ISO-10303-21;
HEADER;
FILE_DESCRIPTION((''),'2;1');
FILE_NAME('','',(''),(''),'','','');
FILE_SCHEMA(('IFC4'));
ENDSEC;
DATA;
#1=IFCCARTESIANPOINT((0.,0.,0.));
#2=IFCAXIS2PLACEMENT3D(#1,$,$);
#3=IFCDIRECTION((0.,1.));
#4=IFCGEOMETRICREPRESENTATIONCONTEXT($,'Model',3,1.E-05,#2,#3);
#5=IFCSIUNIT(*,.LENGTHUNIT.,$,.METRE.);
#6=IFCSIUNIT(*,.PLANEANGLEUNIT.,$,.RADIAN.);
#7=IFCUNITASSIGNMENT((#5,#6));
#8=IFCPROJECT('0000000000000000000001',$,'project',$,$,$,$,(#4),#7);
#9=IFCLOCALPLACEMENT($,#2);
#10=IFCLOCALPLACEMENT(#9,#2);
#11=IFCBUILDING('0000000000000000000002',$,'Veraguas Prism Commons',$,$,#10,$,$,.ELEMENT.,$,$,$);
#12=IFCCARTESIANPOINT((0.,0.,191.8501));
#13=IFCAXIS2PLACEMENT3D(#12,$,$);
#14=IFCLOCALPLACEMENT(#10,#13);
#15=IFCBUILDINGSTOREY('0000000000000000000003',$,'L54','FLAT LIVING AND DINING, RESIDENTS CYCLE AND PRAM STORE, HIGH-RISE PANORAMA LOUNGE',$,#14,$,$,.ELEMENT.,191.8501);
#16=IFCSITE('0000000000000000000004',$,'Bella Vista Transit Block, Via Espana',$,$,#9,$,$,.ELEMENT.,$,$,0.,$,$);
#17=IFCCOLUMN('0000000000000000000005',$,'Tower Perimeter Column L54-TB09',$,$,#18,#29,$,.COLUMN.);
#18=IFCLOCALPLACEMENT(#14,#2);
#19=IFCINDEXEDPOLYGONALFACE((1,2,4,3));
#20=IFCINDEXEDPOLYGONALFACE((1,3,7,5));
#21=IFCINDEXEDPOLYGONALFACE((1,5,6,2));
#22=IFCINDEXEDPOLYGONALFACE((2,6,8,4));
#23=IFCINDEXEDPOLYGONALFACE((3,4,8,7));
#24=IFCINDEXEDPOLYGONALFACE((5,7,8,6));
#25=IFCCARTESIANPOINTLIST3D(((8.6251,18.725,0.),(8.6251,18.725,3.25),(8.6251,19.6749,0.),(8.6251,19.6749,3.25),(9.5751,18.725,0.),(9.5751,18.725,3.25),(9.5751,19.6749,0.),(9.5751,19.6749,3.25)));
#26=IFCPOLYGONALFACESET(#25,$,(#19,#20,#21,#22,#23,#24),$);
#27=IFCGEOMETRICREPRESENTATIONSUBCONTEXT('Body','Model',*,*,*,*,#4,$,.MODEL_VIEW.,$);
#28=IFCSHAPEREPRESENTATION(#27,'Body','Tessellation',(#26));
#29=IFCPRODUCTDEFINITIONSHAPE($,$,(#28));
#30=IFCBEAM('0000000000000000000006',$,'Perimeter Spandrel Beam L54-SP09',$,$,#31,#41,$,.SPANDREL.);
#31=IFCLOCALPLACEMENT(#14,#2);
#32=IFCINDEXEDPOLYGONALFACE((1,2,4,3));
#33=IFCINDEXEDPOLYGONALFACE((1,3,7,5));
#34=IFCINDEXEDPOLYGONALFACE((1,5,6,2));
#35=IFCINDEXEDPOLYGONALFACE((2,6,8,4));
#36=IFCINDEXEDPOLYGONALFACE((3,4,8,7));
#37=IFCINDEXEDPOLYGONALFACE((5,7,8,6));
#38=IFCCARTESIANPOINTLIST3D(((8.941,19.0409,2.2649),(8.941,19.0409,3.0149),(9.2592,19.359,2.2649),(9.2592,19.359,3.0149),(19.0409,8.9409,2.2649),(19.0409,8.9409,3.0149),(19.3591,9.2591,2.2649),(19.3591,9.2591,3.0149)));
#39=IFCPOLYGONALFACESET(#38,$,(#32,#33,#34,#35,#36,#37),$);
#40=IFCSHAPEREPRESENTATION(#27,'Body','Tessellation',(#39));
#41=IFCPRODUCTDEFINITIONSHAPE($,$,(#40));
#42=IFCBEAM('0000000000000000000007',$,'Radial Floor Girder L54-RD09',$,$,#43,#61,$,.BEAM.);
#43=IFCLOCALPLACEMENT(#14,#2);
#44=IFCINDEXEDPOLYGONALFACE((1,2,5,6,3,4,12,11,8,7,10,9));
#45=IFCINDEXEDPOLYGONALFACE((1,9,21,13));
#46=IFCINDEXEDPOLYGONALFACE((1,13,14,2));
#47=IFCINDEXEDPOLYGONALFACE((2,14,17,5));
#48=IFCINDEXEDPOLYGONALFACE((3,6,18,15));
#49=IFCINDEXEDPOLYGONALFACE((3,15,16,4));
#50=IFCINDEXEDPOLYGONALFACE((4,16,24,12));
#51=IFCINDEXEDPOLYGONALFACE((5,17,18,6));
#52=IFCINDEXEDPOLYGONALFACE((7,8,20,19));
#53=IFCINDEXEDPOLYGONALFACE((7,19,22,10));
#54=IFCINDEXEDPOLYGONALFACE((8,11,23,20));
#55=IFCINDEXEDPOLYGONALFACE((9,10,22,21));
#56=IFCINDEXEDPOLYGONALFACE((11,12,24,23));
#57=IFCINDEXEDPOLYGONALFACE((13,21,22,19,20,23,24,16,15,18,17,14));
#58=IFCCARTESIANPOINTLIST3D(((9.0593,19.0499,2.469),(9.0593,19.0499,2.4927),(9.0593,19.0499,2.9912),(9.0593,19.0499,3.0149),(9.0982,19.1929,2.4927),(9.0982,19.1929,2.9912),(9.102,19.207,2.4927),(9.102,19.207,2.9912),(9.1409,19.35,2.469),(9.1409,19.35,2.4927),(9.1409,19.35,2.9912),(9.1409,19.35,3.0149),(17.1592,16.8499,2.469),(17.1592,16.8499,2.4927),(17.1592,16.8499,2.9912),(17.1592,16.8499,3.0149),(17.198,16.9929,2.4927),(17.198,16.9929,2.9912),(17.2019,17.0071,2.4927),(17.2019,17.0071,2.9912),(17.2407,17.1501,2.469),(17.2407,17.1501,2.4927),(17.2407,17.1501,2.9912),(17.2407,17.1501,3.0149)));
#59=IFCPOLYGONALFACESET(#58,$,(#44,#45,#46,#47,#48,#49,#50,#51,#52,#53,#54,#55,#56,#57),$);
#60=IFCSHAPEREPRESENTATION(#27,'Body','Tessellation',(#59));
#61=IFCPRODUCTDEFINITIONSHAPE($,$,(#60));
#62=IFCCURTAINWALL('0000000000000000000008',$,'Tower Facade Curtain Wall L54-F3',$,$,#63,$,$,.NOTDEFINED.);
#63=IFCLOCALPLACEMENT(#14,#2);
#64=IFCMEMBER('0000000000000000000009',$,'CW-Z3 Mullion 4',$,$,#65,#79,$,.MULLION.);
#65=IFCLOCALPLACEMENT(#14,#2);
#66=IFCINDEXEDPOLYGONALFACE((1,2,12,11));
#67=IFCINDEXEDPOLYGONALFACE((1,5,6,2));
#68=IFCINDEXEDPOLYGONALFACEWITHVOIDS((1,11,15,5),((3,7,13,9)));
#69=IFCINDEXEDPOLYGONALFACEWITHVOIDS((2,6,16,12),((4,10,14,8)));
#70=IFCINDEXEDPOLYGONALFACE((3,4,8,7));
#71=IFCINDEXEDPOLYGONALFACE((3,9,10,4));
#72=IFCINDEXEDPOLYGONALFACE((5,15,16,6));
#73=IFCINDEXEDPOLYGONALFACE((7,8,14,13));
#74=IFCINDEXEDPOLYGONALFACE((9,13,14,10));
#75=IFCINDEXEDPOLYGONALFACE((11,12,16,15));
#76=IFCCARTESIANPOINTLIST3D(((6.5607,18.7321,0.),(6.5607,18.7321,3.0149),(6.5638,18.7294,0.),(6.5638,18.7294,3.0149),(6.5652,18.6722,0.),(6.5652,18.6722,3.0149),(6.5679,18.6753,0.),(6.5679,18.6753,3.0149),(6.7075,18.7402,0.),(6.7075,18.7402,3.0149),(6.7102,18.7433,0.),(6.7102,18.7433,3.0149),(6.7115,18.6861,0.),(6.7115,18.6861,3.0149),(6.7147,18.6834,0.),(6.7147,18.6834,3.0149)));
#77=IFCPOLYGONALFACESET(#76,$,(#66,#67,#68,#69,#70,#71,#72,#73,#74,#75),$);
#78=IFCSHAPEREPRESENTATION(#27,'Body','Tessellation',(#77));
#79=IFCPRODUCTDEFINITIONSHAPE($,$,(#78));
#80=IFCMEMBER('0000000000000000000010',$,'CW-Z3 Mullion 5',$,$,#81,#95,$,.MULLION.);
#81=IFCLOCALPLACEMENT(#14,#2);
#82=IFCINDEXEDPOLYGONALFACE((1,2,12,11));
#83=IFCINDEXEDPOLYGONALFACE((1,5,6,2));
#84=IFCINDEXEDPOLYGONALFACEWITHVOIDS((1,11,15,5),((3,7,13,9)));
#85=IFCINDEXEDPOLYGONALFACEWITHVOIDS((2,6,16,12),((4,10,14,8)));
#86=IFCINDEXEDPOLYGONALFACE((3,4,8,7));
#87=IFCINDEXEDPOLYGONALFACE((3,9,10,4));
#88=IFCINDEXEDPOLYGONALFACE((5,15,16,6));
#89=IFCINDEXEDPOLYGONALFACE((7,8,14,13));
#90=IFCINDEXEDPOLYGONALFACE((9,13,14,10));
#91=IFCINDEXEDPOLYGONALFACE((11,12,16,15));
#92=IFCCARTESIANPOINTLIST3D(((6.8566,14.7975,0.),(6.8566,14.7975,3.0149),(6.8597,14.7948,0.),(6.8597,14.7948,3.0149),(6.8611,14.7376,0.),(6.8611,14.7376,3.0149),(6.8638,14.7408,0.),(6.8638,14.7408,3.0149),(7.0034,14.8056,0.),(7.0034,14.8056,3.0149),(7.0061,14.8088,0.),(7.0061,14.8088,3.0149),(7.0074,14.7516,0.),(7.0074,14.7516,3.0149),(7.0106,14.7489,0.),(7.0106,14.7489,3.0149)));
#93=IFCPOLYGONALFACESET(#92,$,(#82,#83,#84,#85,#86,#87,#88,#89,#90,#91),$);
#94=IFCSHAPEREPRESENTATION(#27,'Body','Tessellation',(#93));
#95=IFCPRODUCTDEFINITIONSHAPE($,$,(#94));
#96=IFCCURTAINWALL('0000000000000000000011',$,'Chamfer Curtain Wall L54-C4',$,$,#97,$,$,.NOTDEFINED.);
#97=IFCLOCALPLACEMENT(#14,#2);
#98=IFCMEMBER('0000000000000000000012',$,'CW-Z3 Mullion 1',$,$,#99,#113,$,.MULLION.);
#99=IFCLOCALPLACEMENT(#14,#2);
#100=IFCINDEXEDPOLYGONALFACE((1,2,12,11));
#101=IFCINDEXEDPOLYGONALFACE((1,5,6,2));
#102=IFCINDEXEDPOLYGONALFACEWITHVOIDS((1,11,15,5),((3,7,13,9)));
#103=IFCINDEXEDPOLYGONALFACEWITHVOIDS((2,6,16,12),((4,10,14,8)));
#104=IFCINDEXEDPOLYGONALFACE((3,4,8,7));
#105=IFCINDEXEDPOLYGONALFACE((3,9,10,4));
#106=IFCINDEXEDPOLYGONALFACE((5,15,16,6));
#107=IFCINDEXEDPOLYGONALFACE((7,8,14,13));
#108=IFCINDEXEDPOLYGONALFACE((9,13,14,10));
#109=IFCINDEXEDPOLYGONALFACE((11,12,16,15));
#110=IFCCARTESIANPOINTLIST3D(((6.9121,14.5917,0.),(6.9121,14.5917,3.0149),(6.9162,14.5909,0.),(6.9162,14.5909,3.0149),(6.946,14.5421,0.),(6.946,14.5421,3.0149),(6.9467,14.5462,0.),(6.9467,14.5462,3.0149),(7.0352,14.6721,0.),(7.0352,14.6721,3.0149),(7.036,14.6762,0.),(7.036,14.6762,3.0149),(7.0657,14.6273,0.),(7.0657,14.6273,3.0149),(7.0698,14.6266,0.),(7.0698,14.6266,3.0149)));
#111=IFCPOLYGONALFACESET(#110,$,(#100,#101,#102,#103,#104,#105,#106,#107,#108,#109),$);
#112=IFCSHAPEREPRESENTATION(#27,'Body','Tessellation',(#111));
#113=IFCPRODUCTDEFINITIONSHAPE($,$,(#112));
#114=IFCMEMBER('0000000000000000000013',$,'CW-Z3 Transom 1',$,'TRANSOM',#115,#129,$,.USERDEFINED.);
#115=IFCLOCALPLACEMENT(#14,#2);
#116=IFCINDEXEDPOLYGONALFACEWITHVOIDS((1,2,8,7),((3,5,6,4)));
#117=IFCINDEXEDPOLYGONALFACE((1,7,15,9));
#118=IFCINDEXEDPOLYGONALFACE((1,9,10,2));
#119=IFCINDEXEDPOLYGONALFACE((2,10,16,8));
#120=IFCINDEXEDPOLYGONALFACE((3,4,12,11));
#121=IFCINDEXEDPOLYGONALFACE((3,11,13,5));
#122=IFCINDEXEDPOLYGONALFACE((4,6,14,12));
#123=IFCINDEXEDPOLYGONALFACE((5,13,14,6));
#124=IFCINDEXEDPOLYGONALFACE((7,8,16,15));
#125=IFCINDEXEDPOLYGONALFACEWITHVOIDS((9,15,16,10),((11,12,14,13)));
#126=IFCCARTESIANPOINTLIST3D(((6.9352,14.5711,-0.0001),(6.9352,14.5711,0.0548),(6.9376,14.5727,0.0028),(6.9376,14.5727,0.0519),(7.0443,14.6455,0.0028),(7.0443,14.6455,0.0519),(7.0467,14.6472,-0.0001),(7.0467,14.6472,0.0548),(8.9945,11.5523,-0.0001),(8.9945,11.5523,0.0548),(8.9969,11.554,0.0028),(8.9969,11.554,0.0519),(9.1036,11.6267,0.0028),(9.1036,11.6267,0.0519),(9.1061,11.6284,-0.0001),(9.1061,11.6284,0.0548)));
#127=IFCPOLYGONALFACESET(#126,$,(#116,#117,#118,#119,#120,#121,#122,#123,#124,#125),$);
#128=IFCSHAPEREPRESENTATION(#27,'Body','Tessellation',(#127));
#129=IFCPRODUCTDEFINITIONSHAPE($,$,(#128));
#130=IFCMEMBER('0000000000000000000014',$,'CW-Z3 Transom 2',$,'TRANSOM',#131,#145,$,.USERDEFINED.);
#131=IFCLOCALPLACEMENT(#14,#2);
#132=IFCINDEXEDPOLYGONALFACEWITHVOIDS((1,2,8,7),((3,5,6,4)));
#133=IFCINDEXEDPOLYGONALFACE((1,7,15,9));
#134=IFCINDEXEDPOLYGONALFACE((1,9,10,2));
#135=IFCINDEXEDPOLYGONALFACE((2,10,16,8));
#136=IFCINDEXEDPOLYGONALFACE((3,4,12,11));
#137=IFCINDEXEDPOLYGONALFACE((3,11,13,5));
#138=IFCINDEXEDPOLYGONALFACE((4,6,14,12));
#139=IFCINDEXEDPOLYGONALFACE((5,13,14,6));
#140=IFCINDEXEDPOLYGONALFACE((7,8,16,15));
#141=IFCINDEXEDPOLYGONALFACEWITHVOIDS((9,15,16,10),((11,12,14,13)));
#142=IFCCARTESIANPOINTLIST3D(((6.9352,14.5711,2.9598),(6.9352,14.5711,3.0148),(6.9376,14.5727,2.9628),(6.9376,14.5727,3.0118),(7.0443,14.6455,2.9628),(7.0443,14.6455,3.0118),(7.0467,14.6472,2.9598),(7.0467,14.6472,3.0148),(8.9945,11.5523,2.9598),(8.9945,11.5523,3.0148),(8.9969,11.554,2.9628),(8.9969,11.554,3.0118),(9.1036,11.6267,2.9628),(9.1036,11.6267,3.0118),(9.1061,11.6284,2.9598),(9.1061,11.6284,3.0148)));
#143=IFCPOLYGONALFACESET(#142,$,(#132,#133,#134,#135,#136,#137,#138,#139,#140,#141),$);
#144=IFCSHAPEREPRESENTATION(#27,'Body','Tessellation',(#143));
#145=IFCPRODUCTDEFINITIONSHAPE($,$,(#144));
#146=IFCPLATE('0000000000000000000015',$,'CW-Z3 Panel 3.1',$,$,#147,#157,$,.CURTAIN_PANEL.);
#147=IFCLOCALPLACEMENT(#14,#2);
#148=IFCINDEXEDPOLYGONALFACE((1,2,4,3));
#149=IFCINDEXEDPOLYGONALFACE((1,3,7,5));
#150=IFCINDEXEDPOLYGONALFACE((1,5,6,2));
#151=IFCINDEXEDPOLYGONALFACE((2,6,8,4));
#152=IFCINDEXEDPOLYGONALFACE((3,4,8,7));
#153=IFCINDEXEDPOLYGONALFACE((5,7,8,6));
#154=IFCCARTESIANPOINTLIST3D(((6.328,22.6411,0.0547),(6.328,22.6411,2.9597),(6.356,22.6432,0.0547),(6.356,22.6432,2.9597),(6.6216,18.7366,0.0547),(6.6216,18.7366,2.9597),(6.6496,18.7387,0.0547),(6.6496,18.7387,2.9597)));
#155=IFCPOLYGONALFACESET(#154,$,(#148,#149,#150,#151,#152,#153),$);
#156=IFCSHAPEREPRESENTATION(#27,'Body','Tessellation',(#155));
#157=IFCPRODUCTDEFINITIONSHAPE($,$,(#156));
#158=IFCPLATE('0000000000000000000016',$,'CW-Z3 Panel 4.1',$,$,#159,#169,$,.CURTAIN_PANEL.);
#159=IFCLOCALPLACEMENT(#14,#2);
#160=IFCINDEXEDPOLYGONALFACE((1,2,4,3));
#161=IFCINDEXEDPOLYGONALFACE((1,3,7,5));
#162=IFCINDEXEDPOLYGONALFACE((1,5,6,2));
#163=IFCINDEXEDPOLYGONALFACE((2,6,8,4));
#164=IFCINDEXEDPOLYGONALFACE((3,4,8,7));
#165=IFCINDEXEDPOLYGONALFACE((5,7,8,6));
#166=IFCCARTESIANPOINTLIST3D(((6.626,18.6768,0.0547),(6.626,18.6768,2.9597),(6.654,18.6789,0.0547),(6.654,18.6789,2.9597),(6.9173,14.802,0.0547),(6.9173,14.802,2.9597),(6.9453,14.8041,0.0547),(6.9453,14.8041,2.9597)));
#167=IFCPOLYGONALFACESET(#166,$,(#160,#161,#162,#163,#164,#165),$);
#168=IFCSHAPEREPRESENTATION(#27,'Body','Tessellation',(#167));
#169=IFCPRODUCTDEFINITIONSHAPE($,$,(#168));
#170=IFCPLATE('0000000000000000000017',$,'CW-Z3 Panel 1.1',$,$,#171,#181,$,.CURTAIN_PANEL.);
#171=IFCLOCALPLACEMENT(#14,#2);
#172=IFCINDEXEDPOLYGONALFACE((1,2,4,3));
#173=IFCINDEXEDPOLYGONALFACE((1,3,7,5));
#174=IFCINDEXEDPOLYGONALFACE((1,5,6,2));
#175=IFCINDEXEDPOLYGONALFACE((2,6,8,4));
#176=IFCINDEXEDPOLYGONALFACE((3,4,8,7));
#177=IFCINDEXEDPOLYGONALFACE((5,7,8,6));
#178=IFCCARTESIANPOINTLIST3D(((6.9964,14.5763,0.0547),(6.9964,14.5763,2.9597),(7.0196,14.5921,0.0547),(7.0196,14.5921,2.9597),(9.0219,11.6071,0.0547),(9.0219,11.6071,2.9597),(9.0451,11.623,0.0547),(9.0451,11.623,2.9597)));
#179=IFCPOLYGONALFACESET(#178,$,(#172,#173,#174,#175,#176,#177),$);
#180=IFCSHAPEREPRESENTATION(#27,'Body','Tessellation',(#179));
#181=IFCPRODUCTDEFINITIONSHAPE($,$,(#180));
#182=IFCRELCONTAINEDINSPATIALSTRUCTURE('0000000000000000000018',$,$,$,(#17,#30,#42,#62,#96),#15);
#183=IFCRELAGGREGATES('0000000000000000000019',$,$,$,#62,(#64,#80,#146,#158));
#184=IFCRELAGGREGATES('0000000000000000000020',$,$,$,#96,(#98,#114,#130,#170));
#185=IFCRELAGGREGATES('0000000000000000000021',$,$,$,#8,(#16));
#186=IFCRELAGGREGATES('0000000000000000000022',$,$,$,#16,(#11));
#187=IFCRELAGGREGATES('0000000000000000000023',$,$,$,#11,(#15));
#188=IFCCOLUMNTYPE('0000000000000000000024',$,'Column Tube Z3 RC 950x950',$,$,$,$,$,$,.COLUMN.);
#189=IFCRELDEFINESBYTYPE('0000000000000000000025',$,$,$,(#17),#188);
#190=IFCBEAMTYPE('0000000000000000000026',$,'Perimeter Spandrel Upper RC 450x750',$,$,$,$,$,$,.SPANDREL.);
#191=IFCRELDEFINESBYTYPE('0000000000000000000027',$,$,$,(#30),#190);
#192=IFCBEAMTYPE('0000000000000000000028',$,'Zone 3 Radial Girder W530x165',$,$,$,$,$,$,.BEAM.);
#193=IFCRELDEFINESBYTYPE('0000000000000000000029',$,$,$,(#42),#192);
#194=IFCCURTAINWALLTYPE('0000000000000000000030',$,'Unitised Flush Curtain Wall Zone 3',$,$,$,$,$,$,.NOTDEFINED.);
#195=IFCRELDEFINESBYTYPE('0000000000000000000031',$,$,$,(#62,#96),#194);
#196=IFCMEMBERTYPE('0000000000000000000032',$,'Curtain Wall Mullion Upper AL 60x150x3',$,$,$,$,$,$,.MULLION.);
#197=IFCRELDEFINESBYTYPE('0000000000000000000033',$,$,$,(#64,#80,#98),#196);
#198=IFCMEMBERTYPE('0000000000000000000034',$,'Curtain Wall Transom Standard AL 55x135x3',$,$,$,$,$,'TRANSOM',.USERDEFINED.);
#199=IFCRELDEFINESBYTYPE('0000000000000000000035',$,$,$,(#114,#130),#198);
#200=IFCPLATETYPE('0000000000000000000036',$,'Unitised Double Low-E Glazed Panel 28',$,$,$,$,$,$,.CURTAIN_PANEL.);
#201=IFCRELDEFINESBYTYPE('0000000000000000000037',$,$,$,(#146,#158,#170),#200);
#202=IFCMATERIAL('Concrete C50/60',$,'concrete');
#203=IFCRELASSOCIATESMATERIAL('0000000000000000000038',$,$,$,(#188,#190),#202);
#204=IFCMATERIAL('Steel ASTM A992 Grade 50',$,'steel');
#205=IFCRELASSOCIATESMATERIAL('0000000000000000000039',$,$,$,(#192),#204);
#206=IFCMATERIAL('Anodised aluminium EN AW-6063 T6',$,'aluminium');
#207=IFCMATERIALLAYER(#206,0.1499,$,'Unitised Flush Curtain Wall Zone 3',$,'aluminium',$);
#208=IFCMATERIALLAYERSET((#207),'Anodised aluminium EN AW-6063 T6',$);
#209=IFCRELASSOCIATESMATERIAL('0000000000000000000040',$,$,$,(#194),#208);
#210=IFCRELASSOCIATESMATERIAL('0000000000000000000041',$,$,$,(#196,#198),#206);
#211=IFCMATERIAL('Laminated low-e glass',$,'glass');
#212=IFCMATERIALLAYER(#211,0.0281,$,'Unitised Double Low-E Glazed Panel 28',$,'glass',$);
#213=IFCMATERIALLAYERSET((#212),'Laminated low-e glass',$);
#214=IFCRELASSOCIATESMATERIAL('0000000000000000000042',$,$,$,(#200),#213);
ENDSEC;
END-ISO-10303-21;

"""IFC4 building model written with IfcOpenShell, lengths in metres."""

from ifc_helpers import new_model, si_unit, direction, frame, origin, origin_2d, place, context, subcontext, project, spatial, rectangle, hollow_rectangle, i_section, extrude, source, transform, mapped, material, layer, layer_set, material_profile, profile_set, type_object, element, aggregate, save


model = new_model("IFC4")

# Units and contexts
model_context = context("Model", 3, precision=1e-05, world=origin(), true_north=direction((0.0, 1.0)))
body_context = subcontext(model_context, "Body", "Model", "MODEL_VIEW")
ifc_project = project(units=[si_unit("LENGTHUNIT", "METRE"), si_unit("PLANEANGLEUNIT", "RADIAN")], contexts=[model_context])

# Site, building, storey
site_placement = place(None, origin())
site = spatial("IfcSite", under=ifc_project, at=site_placement, Name="Bella Vista Transit Block, Via Espana", CompositionType="ELEMENT", RefElevation=0.0)
building_placement = place(site_placement, origin())
building = spatial("IfcBuilding", under=site, at=building_placement, Name="Veraguas Prism Commons", CompositionType="ELEMENT")
storey_placement = place(building_placement, frame((0.0, 0.0, 191.8501)))
storey = spatial("IfcBuildingStorey", under=building, at=storey_placement, Name="L54", Description="FLAT LIVING AND DINING, RESIDENTS CYCLE AND PRAM STORE, HIGH-RISE PANORAMA LOUNGE", CompositionType="ELEMENT", Elevation=191.8501)

# Column
ifc_material_1 = material(Name="Concrete C50/60", Category="concrete")
ifc_material_profile_1 = material_profile(ifc_material_1, rectangle(XDim=0.95, YDim=0.95, at=origin_2d()), Name="RC950X950")
ifc_profile_set_1 = profile_set([ifc_material_profile_1], Name="Concrete C50/60")
column_type = type_object("IfcColumnType", Name="Column Tube Z3 RC 950x950", PredefinedType="COLUMN", material=ifc_profile_set_1)
column_placement = place(storey_placement, frame((9.1001, 19.2, 0.0), z_axis=(0.0, 0.0, 1.0), x_axis=(1.0, 0.0, 0.0)))
element("IfcColumn", 1, at=column_placement, inside=storey, type_object=column_type, Name="Tower Perimeter Column L54-TB09", PredefinedType="COLUMN", context=body_context, shape_type="SweptSolid", body=[
    extrude(rectangle(XDim=0.95, YDim=0.95, at=origin_2d()), origin(), (0.0, 0.0, 1.0), 3.25),
])

# Beams
ifc_material_profile_2 = material_profile(ifc_material_1, rectangle(XDim=0.45, YDim=0.75, at=origin_2d()), Name="RC450X750")
ifc_profile_set_2 = profile_set([ifc_material_profile_2], Name="Concrete C50/60")
beam_type_1 = type_object("IfcBeamType", Name="Perimeter Spandrel Upper RC 450x750", PredefinedType="SPANDREL", material=ifc_profile_set_2)
beam_1_placement = place(storey_placement, frame((9.1001, 19.2, 2.6399), z_axis=(0.707107, -0.707107, 0.0), x_axis=(0.707107, 0.707107, 0.0)))
element("IfcBeam", 2, at=beam_1_placement, inside=storey, type_object=beam_type_1, Name="Perimeter Spandrel Beam L54-SP09", PredefinedType="SPANDREL", context=body_context, shape_type="SweptSolid", body=[
    extrude(rectangle(XDim=0.45, YDim=0.75, at=origin_2d()), origin(), (0.0, 0.0, 1.0), 14.2834),
])
ifc_material_2 = material(Name="Steel ASTM A992 Grade 50", Category="steel")
ifc_material_profile_3 = material_profile(ifc_material_2, i_section(OverallWidth=0.311, OverallDepth=0.5459, WebThickness=0.0146, FlangeThickness=0.0237, at=origin_2d()), Name="W530X165")
ifc_profile_set_3 = profile_set([ifc_material_profile_3], Name="Steel ASTM A992 Grade 50")
beam_type_2 = type_object("IfcBeamType", Name="Zone 3 Radial Girder W530x165", PredefinedType="BEAM", material=ifc_profile_set_3)
beam_2_placement = place(storey_placement, frame((9.1001, 19.2, 2.7419), z_axis=(0.965039, -0.262108, 0.0), x_axis=(0.262108, 0.965039, 0.0)))
element("IfcBeam", 3, at=beam_2_placement, inside=storey, type_object=beam_type_2, Name="Radial Floor Girder L54-RD09", PredefinedType="BEAM", context=body_context, shape_type="SweptSolid", body=[
    extrude(i_section(OverallWidth=0.311, OverallDepth=0.5459, WebThickness=0.0146, FlangeThickness=0.0237, at=origin_2d()), origin(), (0.0, 0.0, 1.0), 8.3933),
])

# Curtain walls, members
ifc_material_3 = material(Name="Anodised aluminium EN AW-6063 T6", Category="aluminium")
ifc_layer_1 = layer(ifc_material_3, 0.1499, Name="Unitised Flush Curtain Wall Zone 3", Category="aluminium")
ifc_layer_set_1 = layer_set([ifc_layer_1], Name="Anodised aluminium EN AW-6063 T6")
curtain_wall_type = type_object("IfcCurtainWallType", Name="Unitised Flush Curtain Wall Zone 3", PredefinedType="NOTDEFINED", material=ifc_layer_set_1)
curtain_wall_1_placement = place(storey_placement, origin())
curtain_wall_1 = element("IfcCurtainWall", 4, at=curtain_wall_1_placement, inside=storey, type_object=curtain_wall_type, Name="Tower Facade Curtain Wall L54-F3", PredefinedType="NOTDEFINED")
ifc_material_profile_4 = material_profile(ifc_material_3, hollow_rectangle(XDim=0.0601, YDim=0.1499, WallThickness=0.0029, at=origin_2d()), Name="AL60X150X3")
ifc_profile_set_4 = profile_set([ifc_material_profile_4], Name="Anodised aluminium EN AW-6063 T6")
member_type_1 = type_object("IfcMemberType", Name="Curtain Wall Mullion Upper AL 60x150x3", PredefinedType="MULLION", material=ifc_profile_set_4)
shared_shape_1 = source(origin(), body_context, "Body", "SweptSolid", [
    extrude(hollow_rectangle(XDim=0.0601, YDim=0.1499, WallThickness=0.0029, at=origin_2d()), origin(), (0.0, 0.0, 1.0), 3.0149),
])
member_1_placement = place(storey_placement, frame((6.6377, 18.7078, 0.0), z_axis=(0.0, 0.0, 1.0), x_axis=(0.074975, -0.997185, 0.0)))
member_1 = element("IfcMember", 5, at=member_1_placement, type_object=member_type_1, Name="CW-Z3 Mullion 4", PredefinedType="MULLION", context=body_context, shape_type="MappedRepresentation", body=[
    mapped(shared_shape_1, transform((0.0, 0.0, 0.0), scale=1.0)),
])
member_2_placement = place(storey_placement, frame((6.9336, 14.7732, 0.0), z_axis=(0.0, 0.0, 1.0), x_axis=(0.074975, -0.997185, 0.0)))
member_2 = element("IfcMember", 6, at=member_2_placement, type_object=member_type_1, Name="CW-Z3 Mullion 5", PredefinedType="MULLION", context=body_context, shape_type="MappedRepresentation", body=[
    mapped(shared_shape_1, transform((0.0, 0.0, 0.0), scale=1.0)),
])
curtain_wall_2_placement = place(storey_placement, origin())
curtain_wall_2 = element("IfcCurtainWall", 7, at=curtain_wall_2_placement, inside=storey, type_object=curtain_wall_type, Name="Chamfer Curtain Wall L54-C4", PredefinedType="NOTDEFINED")
member_3_placement = place(storey_placement, frame((6.991, 14.6091, 0.0), z_axis=(0.0, 0.0, 1.0), x_axis=(0.563553, -0.82608, 0.0)))
member_3 = element("IfcMember", 8, at=member_3_placement, type_object=member_type_1, Name="CW-Z3 Mullion 1", PredefinedType="MULLION", context=body_context, shape_type="MappedRepresentation", body=[
    mapped(shared_shape_1, transform((0.0, 0.0, 0.0), scale=1.0)),
])
ifc_material_profile_5 = material_profile(ifc_material_3, hollow_rectangle(XDim=0.0549, YDim=0.135, WallThickness=0.0029, at=origin_2d()), Name="AL55X135X3")
ifc_profile_set_5 = profile_set([ifc_material_profile_5], Name="Anodised aluminium EN AW-6063 T6")
member_type_2 = type_object("IfcMemberType", Name="Curtain Wall Transom Standard AL 55x135x3", ElementType="TRANSOM", PredefinedType="USERDEFINED", material=ifc_profile_set_5)
shared_shape_2 = source(origin(), body_context, "Body", "SweptSolid", [
    extrude(hollow_rectangle(XDim=0.0549, YDim=0.135, WallThickness=0.0029, at=origin_2d()), origin(), (0.0, 0.0, 1.0), 3.6543),
])
member_4_placement = place(storey_placement, frame((6.991, 14.6091, 0.0273), z_axis=(0.563534, -0.826093, 0.0), x_axis=(0.0, 0.0, 1.0)))
member_4 = element("IfcMember", 9, at=member_4_placement, type_object=member_type_2, Name="CW-Z3 Transom 1", ObjectType="TRANSOM", PredefinedType="USERDEFINED", context=body_context, shape_type="MappedRepresentation", body=[
    mapped(shared_shape_2, transform((0.0, 0.0, 0.0), scale=1.0)),
])
member_5_placement = place(storey_placement, frame((6.991, 14.6091, 2.9873), z_axis=(0.563534, -0.826093, 0.0), x_axis=(0.0, 0.0, 1.0)))
member_5 = element("IfcMember", 10, at=member_5_placement, type_object=member_type_2, Name="CW-Z3 Transom 2", ObjectType="TRANSOM", PredefinedType="USERDEFINED", context=body_context, shape_type="MappedRepresentation", body=[
    mapped(shared_shape_2, transform((0.0, 0.0, 0.0), scale=1.0)),
])

# Plates
ifc_material_4 = material(Name="Laminated low-e glass", Category="glass")
ifc_layer_2 = layer(ifc_material_4, 0.0281, Name="Unitised Double Low-E Glazed Panel 28", Category="glass")
ifc_layer_set_2 = layer_set([ifc_layer_2], Name="Laminated low-e glass")
plate_type = type_object("IfcPlateType", Name="Unitised Double Low-E Glazed Panel 28", PredefinedType="CURTAIN_PANEL", material=ifc_layer_set_2)
shared_shape_3 = source(origin(), body_context, "Body", "SweptSolid", [
    extrude(rectangle(XDim=3.9155, YDim=0.0281, at=origin_2d()), origin(), (0.0, 0.0, 1.0), 2.905),
])
plate_1_placement = place(storey_placement, frame((6.4888, 20.6899, 0.0547), z_axis=(0.0, 0.0, 1.0), x_axis=(0.074975, -0.997185, 0.0)))
plate_1 = element("IfcPlate", 11, at=plate_1_placement, type_object=plate_type, Name="CW-Z3 Panel 3.1", PredefinedType="CURTAIN_PANEL", context=body_context, shape_type="MappedRepresentation", body=[
    mapped(shared_shape_3, transform((0.0, 0.0, 0.0), scale=1.0)),
])
shared_shape_4 = source(origin(), body_context, "Body", "SweptSolid", [
    extrude(rectangle(XDim=3.8857, YDim=0.0281, at=origin_2d()), origin(), (0.0, 0.0, 1.0), 2.905),
])
plate_2_placement = place(storey_placement, frame((6.7856, 16.7405, 0.0547), z_axis=(0.0, 0.0, 1.0), x_axis=(0.074975, -0.997185, 0.0)))
plate_2 = element("IfcPlate", 12, at=plate_2_placement, type_object=plate_type, Name="CW-Z3 Panel 4.1", PredefinedType="CURTAIN_PANEL", context=body_context, shape_type="MappedRepresentation", body=[
    mapped(shared_shape_4, transform((0.0, 0.0, 0.0), scale=1.0)),
])
aggregate(curtain_wall_1, [member_1, member_2, plate_1, plate_2])
shared_shape_5 = source(origin(), body_context, "Body", "SweptSolid", [
    extrude(rectangle(XDim=3.5942, YDim=0.0281, at=origin_2d()), origin(), (0.0, 0.0, 1.0), 2.905),
])
plate_3_placement = place(storey_placement, frame((8.0208, 13.0996, 0.0547), z_axis=(0.0, 0.0, 1.0), x_axis=(0.563553, -0.82608, 0.0)))
plate_3 = element("IfcPlate", 13, at=plate_3_placement, type_object=plate_type, Name="CW-Z3 Panel 1.1", PredefinedType="CURTAIN_PANEL", context=body_context, shape_type="MappedRepresentation", body=[
    mapped(shared_shape_5, transform((0.0, 0.0, 0.0), scale=1.0)),
])
aggregate(curtain_wall_2, [member_3, member_4, member_5, plate_3])

save(model, "model.ifc")
